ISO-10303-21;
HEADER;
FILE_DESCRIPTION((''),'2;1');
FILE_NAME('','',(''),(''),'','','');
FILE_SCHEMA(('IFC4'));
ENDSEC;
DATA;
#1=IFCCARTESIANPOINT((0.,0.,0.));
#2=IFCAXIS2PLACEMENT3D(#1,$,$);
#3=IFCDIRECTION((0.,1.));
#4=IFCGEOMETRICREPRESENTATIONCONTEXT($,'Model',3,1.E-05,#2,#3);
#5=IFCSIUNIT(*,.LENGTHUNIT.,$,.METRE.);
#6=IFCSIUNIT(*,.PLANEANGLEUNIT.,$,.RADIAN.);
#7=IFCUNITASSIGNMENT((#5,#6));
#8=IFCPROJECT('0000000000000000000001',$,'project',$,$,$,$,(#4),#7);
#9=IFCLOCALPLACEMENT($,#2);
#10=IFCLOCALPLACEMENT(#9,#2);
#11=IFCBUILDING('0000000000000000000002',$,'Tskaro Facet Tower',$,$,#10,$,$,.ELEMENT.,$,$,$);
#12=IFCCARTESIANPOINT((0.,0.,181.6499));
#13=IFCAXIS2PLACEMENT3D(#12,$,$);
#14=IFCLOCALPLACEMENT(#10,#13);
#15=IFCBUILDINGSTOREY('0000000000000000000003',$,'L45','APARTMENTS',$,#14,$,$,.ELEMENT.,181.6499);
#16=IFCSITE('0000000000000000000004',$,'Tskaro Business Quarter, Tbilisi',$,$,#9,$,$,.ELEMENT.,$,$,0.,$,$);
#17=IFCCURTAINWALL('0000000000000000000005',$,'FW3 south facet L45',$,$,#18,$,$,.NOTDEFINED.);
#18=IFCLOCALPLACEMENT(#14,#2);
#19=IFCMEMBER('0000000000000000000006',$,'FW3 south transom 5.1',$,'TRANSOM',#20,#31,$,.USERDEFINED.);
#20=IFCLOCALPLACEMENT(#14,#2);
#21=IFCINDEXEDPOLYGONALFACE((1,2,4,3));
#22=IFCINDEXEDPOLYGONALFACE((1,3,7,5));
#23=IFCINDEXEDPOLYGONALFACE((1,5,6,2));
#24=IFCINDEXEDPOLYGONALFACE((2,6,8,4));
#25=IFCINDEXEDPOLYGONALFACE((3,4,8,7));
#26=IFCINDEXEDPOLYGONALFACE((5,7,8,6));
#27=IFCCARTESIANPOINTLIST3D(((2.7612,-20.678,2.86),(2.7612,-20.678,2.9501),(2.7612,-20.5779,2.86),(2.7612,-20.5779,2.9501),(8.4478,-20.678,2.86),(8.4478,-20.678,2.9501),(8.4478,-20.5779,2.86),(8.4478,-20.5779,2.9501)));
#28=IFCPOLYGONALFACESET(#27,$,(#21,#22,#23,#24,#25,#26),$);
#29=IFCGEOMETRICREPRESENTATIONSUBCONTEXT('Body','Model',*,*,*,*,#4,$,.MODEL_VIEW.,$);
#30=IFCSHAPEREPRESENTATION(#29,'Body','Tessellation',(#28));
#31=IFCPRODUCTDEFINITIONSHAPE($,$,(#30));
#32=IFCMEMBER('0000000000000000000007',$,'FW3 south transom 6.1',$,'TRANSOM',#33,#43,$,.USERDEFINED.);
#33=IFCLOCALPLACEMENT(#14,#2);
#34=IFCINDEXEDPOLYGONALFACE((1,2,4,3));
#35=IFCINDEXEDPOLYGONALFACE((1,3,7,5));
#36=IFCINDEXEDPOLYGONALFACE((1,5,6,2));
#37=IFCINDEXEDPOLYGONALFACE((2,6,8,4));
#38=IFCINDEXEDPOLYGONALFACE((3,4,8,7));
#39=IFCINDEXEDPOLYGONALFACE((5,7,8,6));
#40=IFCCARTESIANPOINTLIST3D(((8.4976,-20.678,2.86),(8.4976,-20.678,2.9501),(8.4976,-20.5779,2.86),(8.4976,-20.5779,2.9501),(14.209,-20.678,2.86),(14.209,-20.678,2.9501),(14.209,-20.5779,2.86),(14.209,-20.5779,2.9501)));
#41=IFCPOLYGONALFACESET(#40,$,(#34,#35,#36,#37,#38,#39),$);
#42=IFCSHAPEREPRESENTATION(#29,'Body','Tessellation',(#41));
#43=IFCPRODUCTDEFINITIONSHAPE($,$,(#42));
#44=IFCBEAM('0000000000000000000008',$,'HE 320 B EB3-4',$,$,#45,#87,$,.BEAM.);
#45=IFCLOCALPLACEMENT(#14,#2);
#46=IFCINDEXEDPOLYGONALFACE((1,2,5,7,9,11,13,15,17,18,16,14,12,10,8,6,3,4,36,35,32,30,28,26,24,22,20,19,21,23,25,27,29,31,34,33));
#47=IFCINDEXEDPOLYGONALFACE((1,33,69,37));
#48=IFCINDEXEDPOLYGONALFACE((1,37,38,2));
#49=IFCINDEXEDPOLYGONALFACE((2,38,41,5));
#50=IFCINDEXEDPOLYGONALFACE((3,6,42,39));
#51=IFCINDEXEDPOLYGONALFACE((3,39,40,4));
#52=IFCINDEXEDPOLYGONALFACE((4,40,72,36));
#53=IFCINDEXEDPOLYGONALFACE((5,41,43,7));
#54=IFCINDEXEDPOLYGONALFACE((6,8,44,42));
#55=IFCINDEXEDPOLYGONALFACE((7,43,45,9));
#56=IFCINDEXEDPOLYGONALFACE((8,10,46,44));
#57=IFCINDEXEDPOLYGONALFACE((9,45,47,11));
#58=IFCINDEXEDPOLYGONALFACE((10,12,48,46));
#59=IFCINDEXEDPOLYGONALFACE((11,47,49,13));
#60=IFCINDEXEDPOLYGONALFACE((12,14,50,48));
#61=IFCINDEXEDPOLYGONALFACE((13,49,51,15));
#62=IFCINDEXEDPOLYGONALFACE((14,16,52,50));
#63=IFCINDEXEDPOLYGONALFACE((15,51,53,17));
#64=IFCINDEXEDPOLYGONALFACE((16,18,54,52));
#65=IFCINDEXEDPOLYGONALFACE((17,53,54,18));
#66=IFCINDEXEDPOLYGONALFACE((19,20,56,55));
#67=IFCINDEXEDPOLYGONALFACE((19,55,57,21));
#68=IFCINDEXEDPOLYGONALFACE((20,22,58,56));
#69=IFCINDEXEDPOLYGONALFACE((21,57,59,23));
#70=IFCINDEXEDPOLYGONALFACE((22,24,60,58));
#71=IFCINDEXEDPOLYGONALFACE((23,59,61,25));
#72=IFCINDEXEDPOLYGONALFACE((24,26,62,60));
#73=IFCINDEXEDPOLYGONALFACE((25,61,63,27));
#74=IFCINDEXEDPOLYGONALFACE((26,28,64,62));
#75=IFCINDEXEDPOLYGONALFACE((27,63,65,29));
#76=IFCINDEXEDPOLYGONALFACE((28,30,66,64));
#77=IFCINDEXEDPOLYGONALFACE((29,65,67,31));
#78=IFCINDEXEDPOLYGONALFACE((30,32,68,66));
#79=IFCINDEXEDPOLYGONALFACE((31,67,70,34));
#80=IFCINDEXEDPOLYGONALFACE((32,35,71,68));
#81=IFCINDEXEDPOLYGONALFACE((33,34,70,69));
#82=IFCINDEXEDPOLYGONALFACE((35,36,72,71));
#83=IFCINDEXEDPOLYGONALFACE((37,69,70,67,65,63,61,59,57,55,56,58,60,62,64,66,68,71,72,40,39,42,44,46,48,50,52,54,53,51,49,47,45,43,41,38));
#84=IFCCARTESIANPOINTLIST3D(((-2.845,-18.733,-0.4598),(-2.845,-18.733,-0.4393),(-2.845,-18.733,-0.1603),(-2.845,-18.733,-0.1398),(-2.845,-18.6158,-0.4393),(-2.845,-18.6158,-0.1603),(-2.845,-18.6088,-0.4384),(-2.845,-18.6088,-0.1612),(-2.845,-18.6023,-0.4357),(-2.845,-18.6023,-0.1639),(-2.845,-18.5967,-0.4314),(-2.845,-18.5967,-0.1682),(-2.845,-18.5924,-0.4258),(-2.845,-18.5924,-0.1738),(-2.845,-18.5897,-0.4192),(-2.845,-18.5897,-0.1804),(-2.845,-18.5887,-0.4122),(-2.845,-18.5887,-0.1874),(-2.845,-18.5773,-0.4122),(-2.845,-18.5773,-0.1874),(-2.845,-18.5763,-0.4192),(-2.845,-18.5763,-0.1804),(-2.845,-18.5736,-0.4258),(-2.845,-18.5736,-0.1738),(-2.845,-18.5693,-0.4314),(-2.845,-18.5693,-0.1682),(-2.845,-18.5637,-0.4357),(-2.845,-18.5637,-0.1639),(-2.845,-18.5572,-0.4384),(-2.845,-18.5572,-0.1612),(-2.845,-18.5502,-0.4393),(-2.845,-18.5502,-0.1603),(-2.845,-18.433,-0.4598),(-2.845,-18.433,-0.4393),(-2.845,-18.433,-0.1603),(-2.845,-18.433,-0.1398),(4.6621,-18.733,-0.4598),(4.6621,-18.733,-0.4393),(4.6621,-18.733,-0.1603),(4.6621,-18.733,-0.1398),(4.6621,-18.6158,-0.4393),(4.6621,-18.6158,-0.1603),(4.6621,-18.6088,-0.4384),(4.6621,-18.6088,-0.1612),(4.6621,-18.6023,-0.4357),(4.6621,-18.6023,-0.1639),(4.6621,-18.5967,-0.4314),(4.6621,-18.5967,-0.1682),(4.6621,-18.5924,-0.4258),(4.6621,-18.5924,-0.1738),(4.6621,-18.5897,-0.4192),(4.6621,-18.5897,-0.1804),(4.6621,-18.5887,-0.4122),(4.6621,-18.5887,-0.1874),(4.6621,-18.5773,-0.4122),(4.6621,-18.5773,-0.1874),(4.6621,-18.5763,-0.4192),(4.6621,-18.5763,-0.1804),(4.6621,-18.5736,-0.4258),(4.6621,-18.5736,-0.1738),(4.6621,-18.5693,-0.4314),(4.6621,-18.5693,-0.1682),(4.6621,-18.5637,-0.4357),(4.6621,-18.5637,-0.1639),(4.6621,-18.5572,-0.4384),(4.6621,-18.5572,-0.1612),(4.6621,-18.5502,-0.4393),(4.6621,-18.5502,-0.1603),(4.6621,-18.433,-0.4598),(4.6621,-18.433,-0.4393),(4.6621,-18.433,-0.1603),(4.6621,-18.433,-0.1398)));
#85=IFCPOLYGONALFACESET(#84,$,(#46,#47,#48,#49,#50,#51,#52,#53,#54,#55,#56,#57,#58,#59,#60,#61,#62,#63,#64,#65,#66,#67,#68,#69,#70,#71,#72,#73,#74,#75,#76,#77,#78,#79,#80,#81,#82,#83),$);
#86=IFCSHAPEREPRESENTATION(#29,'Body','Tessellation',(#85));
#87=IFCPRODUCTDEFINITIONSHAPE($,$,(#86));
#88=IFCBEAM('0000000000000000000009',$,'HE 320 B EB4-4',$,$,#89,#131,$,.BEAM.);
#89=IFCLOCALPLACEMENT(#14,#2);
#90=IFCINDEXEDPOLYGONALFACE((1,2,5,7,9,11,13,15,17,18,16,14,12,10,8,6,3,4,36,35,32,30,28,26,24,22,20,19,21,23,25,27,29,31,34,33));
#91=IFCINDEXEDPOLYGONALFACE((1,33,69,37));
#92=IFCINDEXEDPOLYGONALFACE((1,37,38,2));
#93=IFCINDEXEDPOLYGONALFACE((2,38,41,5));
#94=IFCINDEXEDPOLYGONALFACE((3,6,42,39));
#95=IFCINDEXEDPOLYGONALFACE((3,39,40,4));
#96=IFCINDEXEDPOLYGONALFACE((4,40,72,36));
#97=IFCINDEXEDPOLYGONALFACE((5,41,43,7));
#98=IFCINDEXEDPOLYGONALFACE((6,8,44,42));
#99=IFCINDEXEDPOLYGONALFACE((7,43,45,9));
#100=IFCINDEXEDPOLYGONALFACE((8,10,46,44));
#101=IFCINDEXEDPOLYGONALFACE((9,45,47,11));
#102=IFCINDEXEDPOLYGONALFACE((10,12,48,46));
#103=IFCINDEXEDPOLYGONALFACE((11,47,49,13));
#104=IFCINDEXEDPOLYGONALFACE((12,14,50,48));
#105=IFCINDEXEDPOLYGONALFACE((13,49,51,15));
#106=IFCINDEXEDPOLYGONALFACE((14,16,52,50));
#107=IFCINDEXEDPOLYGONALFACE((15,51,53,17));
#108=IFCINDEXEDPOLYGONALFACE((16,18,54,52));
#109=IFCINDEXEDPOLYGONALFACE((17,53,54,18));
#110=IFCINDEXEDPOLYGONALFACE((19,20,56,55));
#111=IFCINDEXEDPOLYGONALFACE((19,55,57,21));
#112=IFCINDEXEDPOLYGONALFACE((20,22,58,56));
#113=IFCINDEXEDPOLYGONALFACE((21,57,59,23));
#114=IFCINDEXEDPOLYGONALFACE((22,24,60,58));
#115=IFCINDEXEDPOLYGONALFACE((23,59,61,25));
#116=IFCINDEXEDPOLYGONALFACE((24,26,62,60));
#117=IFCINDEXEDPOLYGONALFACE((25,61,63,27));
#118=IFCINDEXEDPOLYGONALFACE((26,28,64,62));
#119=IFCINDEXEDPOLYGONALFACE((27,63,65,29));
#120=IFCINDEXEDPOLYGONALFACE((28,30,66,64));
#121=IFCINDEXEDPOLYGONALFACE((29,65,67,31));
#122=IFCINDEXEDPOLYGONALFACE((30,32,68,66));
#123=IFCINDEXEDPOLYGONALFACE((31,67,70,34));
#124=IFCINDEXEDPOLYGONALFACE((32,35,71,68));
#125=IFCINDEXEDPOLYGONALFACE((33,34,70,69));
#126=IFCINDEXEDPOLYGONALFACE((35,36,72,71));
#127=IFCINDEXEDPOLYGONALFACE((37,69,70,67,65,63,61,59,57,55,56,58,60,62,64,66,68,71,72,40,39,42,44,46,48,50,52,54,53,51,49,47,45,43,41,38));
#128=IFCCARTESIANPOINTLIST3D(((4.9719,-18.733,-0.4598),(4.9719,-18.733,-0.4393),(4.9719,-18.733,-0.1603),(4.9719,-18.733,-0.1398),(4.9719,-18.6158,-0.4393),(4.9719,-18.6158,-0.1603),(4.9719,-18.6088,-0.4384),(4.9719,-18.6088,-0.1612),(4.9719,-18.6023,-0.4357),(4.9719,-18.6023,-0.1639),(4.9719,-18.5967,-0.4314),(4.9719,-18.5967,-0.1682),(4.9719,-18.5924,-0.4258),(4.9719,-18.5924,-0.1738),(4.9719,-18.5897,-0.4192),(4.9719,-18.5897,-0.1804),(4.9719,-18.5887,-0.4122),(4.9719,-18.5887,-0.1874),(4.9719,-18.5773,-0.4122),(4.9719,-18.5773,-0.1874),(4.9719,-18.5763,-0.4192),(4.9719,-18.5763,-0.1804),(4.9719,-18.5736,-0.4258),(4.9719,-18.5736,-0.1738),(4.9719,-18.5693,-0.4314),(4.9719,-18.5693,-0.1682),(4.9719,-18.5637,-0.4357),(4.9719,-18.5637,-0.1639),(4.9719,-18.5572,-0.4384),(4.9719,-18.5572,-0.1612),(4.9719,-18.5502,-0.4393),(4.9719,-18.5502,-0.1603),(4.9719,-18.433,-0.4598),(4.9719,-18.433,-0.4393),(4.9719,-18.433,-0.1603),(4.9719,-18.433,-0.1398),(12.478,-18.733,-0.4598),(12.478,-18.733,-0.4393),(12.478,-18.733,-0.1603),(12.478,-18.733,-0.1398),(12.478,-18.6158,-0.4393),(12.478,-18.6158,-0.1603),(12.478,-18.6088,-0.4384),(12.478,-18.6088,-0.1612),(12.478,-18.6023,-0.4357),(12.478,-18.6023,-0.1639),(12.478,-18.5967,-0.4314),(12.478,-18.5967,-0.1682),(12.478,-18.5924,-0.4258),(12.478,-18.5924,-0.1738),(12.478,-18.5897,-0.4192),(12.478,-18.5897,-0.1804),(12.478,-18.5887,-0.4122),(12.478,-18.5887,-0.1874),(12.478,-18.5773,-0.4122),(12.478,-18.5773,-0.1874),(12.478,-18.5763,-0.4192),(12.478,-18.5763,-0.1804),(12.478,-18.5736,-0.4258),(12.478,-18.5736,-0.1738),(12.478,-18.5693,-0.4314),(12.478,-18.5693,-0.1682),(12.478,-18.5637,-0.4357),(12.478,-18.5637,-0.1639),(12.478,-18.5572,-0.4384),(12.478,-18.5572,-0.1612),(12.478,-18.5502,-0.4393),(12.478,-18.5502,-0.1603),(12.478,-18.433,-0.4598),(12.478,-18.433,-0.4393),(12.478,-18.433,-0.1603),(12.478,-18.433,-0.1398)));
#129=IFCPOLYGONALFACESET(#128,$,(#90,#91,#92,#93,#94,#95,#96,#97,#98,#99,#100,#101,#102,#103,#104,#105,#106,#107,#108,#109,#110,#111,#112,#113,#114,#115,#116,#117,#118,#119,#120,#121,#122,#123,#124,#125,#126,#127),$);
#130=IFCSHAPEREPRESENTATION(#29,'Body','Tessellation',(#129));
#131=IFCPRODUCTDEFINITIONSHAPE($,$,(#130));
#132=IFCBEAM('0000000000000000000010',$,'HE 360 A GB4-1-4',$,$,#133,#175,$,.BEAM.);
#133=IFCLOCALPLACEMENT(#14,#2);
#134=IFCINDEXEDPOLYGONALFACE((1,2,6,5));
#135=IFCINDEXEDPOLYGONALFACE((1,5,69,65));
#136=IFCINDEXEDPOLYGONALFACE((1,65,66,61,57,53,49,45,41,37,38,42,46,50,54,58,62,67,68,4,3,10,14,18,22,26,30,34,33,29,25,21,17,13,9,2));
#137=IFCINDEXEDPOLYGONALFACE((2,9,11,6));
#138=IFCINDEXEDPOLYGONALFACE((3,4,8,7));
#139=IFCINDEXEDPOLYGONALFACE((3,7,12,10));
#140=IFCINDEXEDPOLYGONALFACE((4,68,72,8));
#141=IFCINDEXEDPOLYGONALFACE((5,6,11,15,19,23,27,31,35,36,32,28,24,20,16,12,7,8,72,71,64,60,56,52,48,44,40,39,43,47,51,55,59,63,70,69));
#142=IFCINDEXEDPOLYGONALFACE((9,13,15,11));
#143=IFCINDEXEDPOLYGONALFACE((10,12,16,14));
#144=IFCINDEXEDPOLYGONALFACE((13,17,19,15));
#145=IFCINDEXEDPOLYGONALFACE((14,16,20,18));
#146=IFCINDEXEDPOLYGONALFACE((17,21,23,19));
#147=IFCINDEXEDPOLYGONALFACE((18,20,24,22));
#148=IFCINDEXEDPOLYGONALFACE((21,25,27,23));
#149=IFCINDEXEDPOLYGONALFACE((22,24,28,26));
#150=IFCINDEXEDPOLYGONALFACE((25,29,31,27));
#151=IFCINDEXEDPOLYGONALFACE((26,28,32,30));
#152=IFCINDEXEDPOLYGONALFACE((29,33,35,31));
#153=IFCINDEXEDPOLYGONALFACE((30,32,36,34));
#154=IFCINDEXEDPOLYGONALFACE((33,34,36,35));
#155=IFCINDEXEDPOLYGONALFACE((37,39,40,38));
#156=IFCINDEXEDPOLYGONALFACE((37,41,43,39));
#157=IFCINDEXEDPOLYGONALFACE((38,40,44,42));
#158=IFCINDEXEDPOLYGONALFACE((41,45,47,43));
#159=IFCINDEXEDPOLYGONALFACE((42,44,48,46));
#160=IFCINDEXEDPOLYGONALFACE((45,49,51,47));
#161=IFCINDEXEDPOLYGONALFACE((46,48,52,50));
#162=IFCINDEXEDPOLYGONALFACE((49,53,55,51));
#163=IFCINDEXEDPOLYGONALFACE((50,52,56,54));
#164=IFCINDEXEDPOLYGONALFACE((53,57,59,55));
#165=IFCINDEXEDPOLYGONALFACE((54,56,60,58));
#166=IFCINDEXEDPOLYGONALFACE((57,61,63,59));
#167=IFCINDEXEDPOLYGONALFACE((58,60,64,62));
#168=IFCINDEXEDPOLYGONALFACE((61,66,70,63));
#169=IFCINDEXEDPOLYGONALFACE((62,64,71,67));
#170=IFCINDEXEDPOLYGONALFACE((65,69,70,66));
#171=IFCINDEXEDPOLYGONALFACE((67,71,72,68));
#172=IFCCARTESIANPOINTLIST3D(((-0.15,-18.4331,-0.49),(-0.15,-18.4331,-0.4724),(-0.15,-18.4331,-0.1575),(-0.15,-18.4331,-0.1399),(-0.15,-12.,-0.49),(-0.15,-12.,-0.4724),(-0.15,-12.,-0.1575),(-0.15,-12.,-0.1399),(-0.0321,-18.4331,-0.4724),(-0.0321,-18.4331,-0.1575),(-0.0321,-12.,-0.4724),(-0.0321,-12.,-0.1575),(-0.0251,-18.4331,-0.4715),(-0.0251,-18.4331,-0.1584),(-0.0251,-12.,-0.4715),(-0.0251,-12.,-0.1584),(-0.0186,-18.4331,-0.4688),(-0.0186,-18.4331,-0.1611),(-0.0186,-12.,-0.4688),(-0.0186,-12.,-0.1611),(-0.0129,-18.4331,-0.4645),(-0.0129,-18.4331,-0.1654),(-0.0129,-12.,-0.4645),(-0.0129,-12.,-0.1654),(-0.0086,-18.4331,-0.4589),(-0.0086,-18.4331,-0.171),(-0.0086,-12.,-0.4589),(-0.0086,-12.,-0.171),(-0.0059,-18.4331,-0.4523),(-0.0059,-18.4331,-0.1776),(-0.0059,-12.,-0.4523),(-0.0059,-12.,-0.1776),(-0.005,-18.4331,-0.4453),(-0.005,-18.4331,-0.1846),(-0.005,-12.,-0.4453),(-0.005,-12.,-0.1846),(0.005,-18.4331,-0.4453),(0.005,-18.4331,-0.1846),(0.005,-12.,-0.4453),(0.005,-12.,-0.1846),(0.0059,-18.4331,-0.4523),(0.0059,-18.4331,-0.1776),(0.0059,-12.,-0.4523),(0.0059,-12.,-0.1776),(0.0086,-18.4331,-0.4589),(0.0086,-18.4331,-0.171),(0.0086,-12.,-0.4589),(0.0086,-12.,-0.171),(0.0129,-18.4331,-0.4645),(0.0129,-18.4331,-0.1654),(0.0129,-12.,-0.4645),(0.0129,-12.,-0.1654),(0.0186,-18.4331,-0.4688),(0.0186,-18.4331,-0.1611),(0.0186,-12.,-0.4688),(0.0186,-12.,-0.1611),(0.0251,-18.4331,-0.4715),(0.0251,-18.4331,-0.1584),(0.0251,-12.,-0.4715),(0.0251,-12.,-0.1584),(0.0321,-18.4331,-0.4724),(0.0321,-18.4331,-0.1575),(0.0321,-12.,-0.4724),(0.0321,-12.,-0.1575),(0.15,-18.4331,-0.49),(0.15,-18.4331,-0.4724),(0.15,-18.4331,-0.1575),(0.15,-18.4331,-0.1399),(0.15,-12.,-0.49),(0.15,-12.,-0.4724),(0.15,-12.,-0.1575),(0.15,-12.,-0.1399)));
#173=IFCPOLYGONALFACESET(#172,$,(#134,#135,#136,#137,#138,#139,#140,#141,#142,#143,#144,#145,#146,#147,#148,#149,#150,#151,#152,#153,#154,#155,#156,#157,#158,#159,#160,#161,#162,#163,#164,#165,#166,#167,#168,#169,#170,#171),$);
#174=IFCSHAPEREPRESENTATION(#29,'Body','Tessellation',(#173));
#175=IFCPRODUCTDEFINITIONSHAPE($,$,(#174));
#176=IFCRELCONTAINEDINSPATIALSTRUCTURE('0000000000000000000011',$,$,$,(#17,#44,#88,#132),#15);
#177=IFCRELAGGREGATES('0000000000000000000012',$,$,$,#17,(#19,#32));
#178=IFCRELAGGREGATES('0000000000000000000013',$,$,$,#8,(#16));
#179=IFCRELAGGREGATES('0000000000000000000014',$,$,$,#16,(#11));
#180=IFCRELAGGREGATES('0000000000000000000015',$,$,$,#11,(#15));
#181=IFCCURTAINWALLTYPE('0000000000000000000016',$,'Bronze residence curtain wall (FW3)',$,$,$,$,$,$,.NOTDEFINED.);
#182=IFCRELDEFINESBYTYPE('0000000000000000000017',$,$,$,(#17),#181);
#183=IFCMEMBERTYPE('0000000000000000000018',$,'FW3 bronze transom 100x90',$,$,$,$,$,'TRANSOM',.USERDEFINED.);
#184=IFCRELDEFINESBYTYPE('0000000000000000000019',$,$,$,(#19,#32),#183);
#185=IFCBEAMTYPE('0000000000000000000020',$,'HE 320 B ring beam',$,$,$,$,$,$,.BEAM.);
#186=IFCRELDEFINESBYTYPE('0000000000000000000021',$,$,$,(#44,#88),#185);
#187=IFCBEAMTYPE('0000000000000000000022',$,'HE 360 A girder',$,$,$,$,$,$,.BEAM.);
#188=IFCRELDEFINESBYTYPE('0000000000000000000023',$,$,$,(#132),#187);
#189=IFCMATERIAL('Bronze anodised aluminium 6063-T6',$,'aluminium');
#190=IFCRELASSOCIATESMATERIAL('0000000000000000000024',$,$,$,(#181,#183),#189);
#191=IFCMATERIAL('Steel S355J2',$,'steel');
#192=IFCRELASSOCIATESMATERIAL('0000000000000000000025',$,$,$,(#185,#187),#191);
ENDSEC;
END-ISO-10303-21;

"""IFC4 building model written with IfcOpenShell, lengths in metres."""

from ifc_helpers import new_model, si_unit, direction, frame, origin, origin_2d, place, context, subcontext, project, spatial, rectangle, i_section, extrude, material, material_profile, profile_set, type_object, element, aggregate, save


model = new_model("IFC4")

# Units and contexts
model_context = context("Model", 3, precision=1e-05, world=origin(), true_north=direction((0.0, 1.0)))
body_context = subcontext(model_context, "Body", "Model", "MODEL_VIEW")
ifc_project = project(units=[si_unit("LENGTHUNIT", "METRE"), si_unit("PLANEANGLEUNIT", "RADIAN")], contexts=[model_context])

# Site, building, storey
site_placement = place(None, origin())
site = spatial("IfcSite", under=ifc_project, at=site_placement, Name="Tskaro Business Quarter, Tbilisi", CompositionType="ELEMENT", RefElevation=0.0)
building_placement = place(site_placement, origin())
building = spatial("IfcBuilding", under=site, at=building_placement, Name="Tskaro Facet Tower", CompositionType="ELEMENT")
storey_placement = place(building_placement, frame((0.0, 0.0, 181.6499)))
storey = spatial("IfcBuildingStorey", under=building, at=storey_placement, Name="L45", Description="APARTMENTS", CompositionType="ELEMENT", Elevation=181.6499)

# Curtain wall, members
ifc_material_1 = material(Name="Bronze anodised aluminium 6063-T6", Category="aluminium")
curtain_wall_type = type_object("IfcCurtainWallType", Name="Bronze residence curtain wall (FW3)", PredefinedType="NOTDEFINED", material=ifc_material_1)
curtain_wall_placement = place(storey_placement, origin())
curtain_wall = element("IfcCurtainWall", 1, at=curtain_wall_placement, inside=storey, type_object=curtain_wall_type, Name="FW3 south facet L45", PredefinedType="NOTDEFINED")
ifc_material_profile_1 = material_profile(ifc_material_1, rectangle(XDim=0.1001, YDim=0.0901, at=origin_2d()), Name="Transom 100x90")
ifc_profile_set_1 = profile_set([ifc_material_profile_1], Name="Bronze anodised aluminium 6063-T6")
member_type_1 = type_object("IfcMemberType", Name="FW3 bronze transom 100x90", ElementType="TRANSOM", PredefinedType="USERDEFINED", material=ifc_profile_set_1)
member_1_placement = place(storey_placement, frame((2.7612, -20.6279, 2.905), z_axis=(1.0, 0.0, 0.0), x_axis=(0.0, 1.0, 0.0)))
member_1 = element("IfcMember", 2, at=member_1_placement, type_object=member_type_1, Name="FW3 south transom 5.1", ObjectType="TRANSOM", PredefinedType="USERDEFINED", context=body_context, shape_type="SweptSolid", body=[
    extrude(rectangle(XDim=0.1001, YDim=0.0901, at=origin_2d()), origin(), (0.0, 0.0, 1.0), 5.6865),
])
member_2_placement = place(storey_placement, frame((8.4976, -20.6279, 2.905), z_axis=(1.0, 0.0, 0.0), x_axis=(0.0, 1.0, 0.0)))
member_2 = element("IfcMember", 3, at=member_2_placement, type_object=member_type_1, Name="FW3 south transom 6.1", ObjectType="TRANSOM", PredefinedType="USERDEFINED", context=body_context, shape_type="SweptSolid", body=[
    extrude(rectangle(XDim=0.1001, YDim=0.0901, at=origin_2d()), origin(), (0.0, 0.0, 1.0), 5.7114),
])

# Beams
ifc_material_2 = material(Name="Steel S355J2", Category="steel")
ifc_material_profile_2 = material_profile(ifc_material_2, i_section(OverallWidth=0.3, OverallDepth=0.3201, WebThickness=0.0115, FlangeThickness=0.0205, FilletRadius=0.0271, at=origin_2d()), Name="HE 320 B")
ifc_profile_set_2 = profile_set([ifc_material_profile_2], Name="Steel S355J2")
beam_type_1 = type_object("IfcBeamType", Name="HE 320 B ring beam", PredefinedType="BEAM", material=ifc_profile_set_2)
beam_1_placement = place(storey_placement, frame((-2.845, -18.583, -0.2998), z_axis=(1.0, 0.0, 0.0), x_axis=(0.0, 1.0, 0.0)))
element("IfcBeam", 4, at=beam_1_placement, inside=storey, type_object=beam_type_1, Name="HE 320 B EB3-4", PredefinedType="BEAM", context=body_context, shape_type="SweptSolid", body=[
    extrude(i_section(OverallWidth=0.3, OverallDepth=0.3201, WebThickness=0.0115, FlangeThickness=0.0205, FilletRadius=0.0271, at=origin_2d()), origin(), (0.0, 0.0, 1.0), 7.5071),
])
beam_2_placement = place(storey_placement, frame((4.9719, -18.583, -0.2998), z_axis=(1.0, 0.0, 0.0), x_axis=(0.0, 1.0, 0.0)))
element("IfcBeam", 5, at=beam_2_placement, inside=storey, type_object=beam_type_1, Name="HE 320 B EB4-4", PredefinedType="BEAM", context=body_context, shape_type="SweptSolid", body=[
    extrude(i_section(OverallWidth=0.3, OverallDepth=0.3201, WebThickness=0.0115, FlangeThickness=0.0205, FilletRadius=0.0271, at=origin_2d()), origin(), (0.0, 0.0, 1.0), 7.5061),
])
ifc_material_profile_3 = material_profile(ifc_material_2, i_section(OverallWidth=0.3, OverallDepth=0.3501, WebThickness=0.01, FlangeThickness=0.0176, FilletRadius=0.0271, at=origin_2d()), Name="HE 360 A")
ifc_profile_set_3 = profile_set([ifc_material_profile_3], Name="Steel S355J2")
beam_type_2 = type_object("IfcBeamType", Name="HE 360 A girder", PredefinedType="BEAM", material=ifc_profile_set_3)
beam_3_placement = place(storey_placement, frame((0.0, -18.4331, -0.3149), z_axis=(0.0, 1.0, 0.0), x_axis=(-1.0, 0.0, 0.0)))
element("IfcBeam", 6, at=beam_3_placement, inside=storey, type_object=beam_type_2, Name="HE 360 A GB4-1-4", PredefinedType="BEAM", context=body_context, shape_type="SweptSolid", body=[
    extrude(i_section(OverallWidth=0.3, OverallDepth=0.3501, WebThickness=0.01, FlangeThickness=0.0176, FilletRadius=0.0271, at=origin_2d()), origin(), (0.0, 0.0, 1.0), 6.4331),
])

aggregate(curtain_wall, [member_1, member_2])

save(model, "model.ifc")
